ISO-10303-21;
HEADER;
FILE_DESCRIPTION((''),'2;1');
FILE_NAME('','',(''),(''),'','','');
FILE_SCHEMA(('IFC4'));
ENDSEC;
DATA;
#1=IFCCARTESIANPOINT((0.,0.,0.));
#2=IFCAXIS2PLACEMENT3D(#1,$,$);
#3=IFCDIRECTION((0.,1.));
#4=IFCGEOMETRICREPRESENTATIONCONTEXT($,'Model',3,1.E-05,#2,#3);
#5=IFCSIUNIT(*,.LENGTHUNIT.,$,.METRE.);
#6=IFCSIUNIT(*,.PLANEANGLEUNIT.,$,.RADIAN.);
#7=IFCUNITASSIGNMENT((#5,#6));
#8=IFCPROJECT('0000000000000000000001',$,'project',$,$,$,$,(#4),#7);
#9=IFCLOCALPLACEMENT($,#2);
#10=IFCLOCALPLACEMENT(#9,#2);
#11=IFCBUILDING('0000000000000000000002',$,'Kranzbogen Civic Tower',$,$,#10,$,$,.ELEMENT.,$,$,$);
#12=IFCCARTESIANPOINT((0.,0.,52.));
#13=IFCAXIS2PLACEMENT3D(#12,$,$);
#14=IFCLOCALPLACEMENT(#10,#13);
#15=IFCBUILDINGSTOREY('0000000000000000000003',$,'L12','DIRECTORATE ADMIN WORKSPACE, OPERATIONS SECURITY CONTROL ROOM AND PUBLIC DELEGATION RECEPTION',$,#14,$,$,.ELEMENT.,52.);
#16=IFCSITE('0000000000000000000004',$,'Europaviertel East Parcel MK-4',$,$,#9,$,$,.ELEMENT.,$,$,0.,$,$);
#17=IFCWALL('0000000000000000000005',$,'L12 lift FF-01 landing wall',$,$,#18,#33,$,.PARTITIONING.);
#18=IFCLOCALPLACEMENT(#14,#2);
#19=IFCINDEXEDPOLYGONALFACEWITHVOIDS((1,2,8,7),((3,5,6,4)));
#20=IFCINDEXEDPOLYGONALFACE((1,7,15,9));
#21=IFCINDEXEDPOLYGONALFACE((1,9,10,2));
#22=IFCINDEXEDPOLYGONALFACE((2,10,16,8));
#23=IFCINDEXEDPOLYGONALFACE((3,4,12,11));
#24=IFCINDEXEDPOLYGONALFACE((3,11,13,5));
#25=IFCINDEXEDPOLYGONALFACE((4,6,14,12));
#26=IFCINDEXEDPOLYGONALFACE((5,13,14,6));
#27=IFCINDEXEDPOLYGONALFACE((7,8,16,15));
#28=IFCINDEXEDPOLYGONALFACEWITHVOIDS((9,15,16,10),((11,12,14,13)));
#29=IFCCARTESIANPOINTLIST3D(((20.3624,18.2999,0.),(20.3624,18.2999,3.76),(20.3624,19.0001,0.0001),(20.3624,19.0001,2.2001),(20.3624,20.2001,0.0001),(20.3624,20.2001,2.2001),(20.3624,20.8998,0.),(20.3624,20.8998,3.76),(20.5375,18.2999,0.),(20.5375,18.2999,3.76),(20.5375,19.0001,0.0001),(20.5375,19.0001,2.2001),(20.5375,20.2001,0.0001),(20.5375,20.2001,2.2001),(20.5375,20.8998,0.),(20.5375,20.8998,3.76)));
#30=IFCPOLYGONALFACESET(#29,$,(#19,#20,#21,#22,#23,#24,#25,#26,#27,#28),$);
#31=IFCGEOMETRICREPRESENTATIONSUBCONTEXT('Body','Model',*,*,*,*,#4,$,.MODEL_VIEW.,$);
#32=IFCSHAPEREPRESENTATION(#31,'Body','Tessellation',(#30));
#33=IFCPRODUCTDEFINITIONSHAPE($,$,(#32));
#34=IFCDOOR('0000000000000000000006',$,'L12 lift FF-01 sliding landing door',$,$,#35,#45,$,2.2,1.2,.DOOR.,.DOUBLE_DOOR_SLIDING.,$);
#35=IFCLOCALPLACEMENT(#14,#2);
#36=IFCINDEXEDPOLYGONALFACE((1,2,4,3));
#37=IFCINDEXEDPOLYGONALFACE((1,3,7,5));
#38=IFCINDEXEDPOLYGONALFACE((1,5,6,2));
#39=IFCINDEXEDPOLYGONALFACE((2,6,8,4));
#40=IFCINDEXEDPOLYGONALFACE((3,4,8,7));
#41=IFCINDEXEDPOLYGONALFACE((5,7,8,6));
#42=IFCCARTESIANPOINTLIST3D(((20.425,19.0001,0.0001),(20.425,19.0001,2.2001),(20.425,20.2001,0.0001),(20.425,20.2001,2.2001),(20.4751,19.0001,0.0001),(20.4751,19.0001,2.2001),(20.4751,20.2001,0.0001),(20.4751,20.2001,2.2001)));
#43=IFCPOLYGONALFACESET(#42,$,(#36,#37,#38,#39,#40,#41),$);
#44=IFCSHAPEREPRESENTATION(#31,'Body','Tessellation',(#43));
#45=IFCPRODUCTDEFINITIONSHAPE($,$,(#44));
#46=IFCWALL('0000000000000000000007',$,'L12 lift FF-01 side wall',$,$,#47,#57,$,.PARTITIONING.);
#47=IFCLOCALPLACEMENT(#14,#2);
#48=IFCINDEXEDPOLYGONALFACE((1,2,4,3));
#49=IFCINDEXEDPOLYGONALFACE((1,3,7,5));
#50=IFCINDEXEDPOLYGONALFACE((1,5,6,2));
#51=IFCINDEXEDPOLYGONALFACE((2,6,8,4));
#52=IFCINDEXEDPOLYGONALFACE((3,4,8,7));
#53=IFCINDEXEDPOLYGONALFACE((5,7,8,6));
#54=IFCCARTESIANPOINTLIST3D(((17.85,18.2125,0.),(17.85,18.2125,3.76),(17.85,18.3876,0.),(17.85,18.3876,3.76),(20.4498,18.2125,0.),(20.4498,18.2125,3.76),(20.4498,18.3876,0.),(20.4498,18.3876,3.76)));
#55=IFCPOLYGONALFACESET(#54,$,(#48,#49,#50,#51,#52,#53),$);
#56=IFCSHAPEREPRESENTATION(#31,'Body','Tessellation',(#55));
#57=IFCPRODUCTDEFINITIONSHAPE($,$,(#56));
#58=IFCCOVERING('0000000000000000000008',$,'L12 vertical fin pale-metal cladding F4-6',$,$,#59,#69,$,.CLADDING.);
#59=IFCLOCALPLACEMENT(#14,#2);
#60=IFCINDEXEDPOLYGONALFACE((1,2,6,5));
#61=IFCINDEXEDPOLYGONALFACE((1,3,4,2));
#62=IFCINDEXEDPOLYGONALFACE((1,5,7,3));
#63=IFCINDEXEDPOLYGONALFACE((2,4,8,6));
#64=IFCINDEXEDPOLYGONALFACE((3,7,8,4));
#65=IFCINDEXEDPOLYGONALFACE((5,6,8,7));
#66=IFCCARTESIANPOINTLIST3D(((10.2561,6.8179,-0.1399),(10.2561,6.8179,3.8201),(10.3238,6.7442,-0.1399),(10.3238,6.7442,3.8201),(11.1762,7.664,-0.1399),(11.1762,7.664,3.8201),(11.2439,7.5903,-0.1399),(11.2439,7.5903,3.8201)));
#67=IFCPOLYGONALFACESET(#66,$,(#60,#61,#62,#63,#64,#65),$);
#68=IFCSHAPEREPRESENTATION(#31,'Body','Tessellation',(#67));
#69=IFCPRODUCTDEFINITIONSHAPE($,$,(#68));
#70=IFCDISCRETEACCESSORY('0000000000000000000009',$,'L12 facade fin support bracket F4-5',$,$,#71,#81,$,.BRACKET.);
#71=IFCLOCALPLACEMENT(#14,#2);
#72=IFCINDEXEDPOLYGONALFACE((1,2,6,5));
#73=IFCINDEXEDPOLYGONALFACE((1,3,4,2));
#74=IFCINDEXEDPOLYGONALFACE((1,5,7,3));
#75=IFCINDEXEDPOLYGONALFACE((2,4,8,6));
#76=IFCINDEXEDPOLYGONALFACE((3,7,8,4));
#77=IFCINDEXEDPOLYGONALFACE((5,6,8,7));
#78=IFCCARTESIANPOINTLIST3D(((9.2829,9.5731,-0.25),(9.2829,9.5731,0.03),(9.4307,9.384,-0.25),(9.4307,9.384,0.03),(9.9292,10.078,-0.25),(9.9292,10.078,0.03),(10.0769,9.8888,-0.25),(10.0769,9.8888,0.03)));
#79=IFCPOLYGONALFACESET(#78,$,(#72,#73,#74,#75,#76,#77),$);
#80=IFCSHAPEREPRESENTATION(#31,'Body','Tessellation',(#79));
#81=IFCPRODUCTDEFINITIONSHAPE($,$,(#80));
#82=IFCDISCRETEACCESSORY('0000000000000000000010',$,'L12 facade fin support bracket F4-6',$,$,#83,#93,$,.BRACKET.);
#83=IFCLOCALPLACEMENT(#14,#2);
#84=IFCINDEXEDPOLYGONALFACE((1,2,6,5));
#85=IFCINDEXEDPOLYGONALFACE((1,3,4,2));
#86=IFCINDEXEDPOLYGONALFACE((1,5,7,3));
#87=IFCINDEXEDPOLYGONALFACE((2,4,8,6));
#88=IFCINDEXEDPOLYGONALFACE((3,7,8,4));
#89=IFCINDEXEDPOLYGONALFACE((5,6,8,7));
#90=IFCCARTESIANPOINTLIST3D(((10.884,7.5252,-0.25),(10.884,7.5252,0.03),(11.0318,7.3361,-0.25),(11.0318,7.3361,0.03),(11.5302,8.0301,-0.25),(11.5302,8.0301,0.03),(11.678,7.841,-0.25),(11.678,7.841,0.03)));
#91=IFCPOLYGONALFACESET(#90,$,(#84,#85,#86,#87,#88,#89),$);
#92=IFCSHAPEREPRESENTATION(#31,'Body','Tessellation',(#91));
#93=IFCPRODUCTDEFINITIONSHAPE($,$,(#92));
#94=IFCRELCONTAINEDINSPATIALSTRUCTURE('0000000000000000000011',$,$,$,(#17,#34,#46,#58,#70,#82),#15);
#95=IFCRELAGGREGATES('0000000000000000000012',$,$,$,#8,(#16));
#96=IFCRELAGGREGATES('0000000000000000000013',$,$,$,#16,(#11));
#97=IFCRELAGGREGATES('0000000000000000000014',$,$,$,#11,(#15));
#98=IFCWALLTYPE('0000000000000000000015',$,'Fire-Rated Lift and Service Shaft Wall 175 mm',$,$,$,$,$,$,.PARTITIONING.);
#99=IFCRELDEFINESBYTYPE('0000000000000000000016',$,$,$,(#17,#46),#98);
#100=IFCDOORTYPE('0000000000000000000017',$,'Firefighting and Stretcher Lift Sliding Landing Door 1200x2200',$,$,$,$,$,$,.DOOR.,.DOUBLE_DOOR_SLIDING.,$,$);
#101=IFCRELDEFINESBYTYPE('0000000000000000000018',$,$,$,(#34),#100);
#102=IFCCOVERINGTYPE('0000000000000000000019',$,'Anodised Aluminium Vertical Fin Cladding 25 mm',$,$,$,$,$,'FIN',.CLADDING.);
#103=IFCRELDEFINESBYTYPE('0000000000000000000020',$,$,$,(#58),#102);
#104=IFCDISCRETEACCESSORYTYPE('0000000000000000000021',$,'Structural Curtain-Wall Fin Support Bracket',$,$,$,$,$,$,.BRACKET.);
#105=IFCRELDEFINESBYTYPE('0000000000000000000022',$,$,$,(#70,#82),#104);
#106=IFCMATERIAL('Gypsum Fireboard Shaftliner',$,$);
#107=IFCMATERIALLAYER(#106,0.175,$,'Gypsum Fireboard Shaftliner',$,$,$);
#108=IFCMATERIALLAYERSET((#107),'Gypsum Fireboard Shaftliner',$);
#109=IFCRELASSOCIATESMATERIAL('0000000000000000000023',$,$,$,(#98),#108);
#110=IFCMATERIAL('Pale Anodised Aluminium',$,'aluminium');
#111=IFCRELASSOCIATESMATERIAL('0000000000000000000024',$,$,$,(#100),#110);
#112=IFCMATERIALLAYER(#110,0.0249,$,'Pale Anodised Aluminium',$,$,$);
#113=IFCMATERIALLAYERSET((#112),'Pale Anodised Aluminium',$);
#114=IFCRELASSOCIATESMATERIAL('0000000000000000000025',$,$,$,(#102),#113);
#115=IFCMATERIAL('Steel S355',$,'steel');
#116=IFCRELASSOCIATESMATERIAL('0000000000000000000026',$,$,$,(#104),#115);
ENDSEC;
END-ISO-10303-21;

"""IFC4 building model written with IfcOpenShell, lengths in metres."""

from ifc_helpers import new_model, si_unit, direction, frame, frame_2d, origin, origin_2d, place, context, subcontext, project, spatial, rectangle, extrude, material, layer, layer_set, type_object, element, fill, save


model = new_model("IFC4")

# Units and contexts
model_context = context("Model", 3, precision=1e-05, world=origin(), true_north=direction((0.0, 1.0)))
body_context = subcontext(model_context, "Body", "Model", "MODEL_VIEW")
ifc_project = project(units=[si_unit("LENGTHUNIT", "METRE"), si_unit("PLANEANGLEUNIT", "RADIAN")], contexts=[model_context])

# Site, building, storey
site_placement = place(None, origin())
site = spatial("IfcSite", under=ifc_project, at=site_placement, Name="Europaviertel East Parcel MK-4", CompositionType="ELEMENT", RefElevation=0.0)
building_placement = place(site_placement, origin())
building = spatial("IfcBuilding", under=site, at=building_placement, Name="Kranzbogen Civic Tower", CompositionType="ELEMENT")
storey_placement = place(building_placement, frame((0.0, 0.0, 52.0)))
storey = spatial("IfcBuildingStorey", under=building, at=storey_placement, Name="L12", Description="DIRECTORATE ADMIN WORKSPACE, OPERATIONS SECURITY CONTROL ROOM AND PUBLIC DELEGATION RECEPTION", CompositionType="ELEMENT", Elevation=52.0)

# Shared definitions
ifc_material_1 = material(Name="Steel S355", Category="steel")

# Shared definitions
ifc_material_2 = material(Name="Pale Anodised Aluminium", Category="aluminium")

# Wall, opening, door
ifc_material_3 = material(Name="Gypsum Fireboard Shaftliner")
ifc_layer_1 = layer(ifc_material_3, 0.175, Name="Gypsum Fireboard Shaftliner")
ifc_layer_set_1 = layer_set([ifc_layer_1], Name="Gypsum Fireboard Shaftliner")
wall_type_1 = type_object("IfcWallType", Name="Fire-Rated Lift and Service Shaft Wall 175 mm", PredefinedType="PARTITIONING", material=ifc_layer_set_1)
wall_1_placement = place(storey_placement, frame((20.45, 18.3, 0.0), z_axis=(0.0, 0.0, 1.0), x_axis=(0.0, 1.0, 0.0)))
wall_1 = element("IfcWall", 1, at=wall_1_placement, inside=storey, type_object=wall_type_1, Name="L12 lift FF-01 landing wall", PredefinedType="PARTITIONING", context=body_context, shape_type="SweptSolid", body=[
    extrude(rectangle(XDim=2.5999, YDim=0.175, at=frame_2d((1.2998, 0.0))), origin(), (0.0, 0.0, 1.0), 3.76),
])
opening_1_placement = place(wall_1_placement, frame((0.7, 0.0, 0.0)))
opening_1 = element("IfcOpeningElement", 2, at=opening_1_placement, cuts=wall_1, PredefinedType="OPENING", context=body_context, shape_type="SweptSolid", body=[
    extrude(rectangle(XDim=1.2, YDim=2.2, at=frame_2d((0.6001, 1.1001))), frame((0.0, 0.0977, 0.0), z_axis=(0.0, -1.0, 0.0), x_axis=(1.0, 0.0, 0.0)), (0.0, 0.0, 1.0), 0.1951),
])
door_type_1 = type_object("IfcDoorType", Name="Firefighting and Stretcher Lift Sliding Landing Door 1200x2200", OperationType="DOUBLE_DOOR_SLIDING", PredefinedType="DOOR", material=ifc_material_2)
door_1_placement = place(opening_1_placement, origin())
door_1 = element("IfcDoor", 3, at=door_1_placement, inside=storey, type_object=door_type_1, Name="L12 lift FF-01 sliding landing door", OperationType="DOUBLE_DOOR_SLIDING", OverallHeight=2.2, OverallWidth=1.2, PredefinedType="DOOR", context=body_context, shape_type="SweptSolid", body=[
    extrude(rectangle(XDim=1.2, YDim=2.2, at=frame_2d((0.6001, 1.1001))), frame((0.0, 0.0249, 0.0), z_axis=(0.0, -1.0, 0.0), x_axis=(1.0, 0.0, 0.0)), (0.0, 0.0, 1.0), 0.05),
])
fill(opening_1, door_1)

# Wall
wall_2_placement = place(storey_placement, frame((17.8501, 18.3, 0.0), z_axis=(0.0, 0.0, 1.0), x_axis=(1.0, 0.0, 0.0)))
element("IfcWall", 4, at=wall_2_placement, inside=storey, type_object=wall_type_1, Name="L12 lift FF-01 side wall", PredefinedType="PARTITIONING", context=body_context, shape_type="SweptSolid", body=[
    extrude(rectangle(XDim=2.5999, YDim=0.175, at=frame_2d((1.2998, 0.0))), origin(), (0.0, 0.0, 1.0), 3.76),
])

# Covering
ifc_layer_2 = layer(ifc_material_2, 0.0249, Name="Pale Anodised Aluminium")
ifc_layer_set_2 = layer_set([ifc_layer_2], Name="Pale Anodised Aluminium")
covering_type = type_object("IfcCoveringType", Name="Anodised Aluminium Vertical Fin Cladding 25 mm", ElementType="FIN", PredefinedType="CLADDING", material=ifc_layer_set_2)
covering_placement = place(storey_placement, frame((10.75, 7.2041, -0.1399), z_axis=(0.0, 0.0, 1.0), x_axis=(-0.736062, -0.676915, 0.0)))
element("IfcCovering", 5, at=covering_placement, inside=storey, type_object=covering_type, Name="L12 vertical fin pale-metal cladding F4-6", PredefinedType="CLADDING", context=body_context, shape_type="SweptSolid", body=[
    extrude(rectangle(XDim=1.25, YDim=0.1001, at=origin_2d()), origin(), (0.0, 0.0, 1.0), 3.96),
])

# Discrete accessories
discrete_accessory_type = type_object("IfcDiscreteAccessoryType", Name="Structural Curtain-Wall Fin Support Bracket", PredefinedType="BRACKET", material=ifc_material_1)
for number, where, z_axis, x_axis, name in (
    (6, (9.6799, 9.731, -0.25), (0.0, 0.0, 1.0), (-0.788011, -0.615661, 0.0), "L12 facade fin support bracket F4-5"),
    (7, (11.281, 7.6831, -0.25), (0.0, 0.0, 1.0), (-0.788011, -0.615661, 0.0), "L12 facade fin support bracket F4-6"),
):
    element("IfcDiscreteAccessory", number, at=place(storey_placement, frame(where, z_axis=z_axis, x_axis=x_axis)), inside=storey, type_object=discrete_accessory_type, Name=name, PredefinedType="BRACKET", context=body_context, shape_type="SweptSolid", body=[
        extrude(rectangle(XDim=0.8201, YDim=0.24, at=origin_2d()), origin(), (0.0, 0.0, 1.0), 0.28),
    ])

save(model, "model.ifc")
